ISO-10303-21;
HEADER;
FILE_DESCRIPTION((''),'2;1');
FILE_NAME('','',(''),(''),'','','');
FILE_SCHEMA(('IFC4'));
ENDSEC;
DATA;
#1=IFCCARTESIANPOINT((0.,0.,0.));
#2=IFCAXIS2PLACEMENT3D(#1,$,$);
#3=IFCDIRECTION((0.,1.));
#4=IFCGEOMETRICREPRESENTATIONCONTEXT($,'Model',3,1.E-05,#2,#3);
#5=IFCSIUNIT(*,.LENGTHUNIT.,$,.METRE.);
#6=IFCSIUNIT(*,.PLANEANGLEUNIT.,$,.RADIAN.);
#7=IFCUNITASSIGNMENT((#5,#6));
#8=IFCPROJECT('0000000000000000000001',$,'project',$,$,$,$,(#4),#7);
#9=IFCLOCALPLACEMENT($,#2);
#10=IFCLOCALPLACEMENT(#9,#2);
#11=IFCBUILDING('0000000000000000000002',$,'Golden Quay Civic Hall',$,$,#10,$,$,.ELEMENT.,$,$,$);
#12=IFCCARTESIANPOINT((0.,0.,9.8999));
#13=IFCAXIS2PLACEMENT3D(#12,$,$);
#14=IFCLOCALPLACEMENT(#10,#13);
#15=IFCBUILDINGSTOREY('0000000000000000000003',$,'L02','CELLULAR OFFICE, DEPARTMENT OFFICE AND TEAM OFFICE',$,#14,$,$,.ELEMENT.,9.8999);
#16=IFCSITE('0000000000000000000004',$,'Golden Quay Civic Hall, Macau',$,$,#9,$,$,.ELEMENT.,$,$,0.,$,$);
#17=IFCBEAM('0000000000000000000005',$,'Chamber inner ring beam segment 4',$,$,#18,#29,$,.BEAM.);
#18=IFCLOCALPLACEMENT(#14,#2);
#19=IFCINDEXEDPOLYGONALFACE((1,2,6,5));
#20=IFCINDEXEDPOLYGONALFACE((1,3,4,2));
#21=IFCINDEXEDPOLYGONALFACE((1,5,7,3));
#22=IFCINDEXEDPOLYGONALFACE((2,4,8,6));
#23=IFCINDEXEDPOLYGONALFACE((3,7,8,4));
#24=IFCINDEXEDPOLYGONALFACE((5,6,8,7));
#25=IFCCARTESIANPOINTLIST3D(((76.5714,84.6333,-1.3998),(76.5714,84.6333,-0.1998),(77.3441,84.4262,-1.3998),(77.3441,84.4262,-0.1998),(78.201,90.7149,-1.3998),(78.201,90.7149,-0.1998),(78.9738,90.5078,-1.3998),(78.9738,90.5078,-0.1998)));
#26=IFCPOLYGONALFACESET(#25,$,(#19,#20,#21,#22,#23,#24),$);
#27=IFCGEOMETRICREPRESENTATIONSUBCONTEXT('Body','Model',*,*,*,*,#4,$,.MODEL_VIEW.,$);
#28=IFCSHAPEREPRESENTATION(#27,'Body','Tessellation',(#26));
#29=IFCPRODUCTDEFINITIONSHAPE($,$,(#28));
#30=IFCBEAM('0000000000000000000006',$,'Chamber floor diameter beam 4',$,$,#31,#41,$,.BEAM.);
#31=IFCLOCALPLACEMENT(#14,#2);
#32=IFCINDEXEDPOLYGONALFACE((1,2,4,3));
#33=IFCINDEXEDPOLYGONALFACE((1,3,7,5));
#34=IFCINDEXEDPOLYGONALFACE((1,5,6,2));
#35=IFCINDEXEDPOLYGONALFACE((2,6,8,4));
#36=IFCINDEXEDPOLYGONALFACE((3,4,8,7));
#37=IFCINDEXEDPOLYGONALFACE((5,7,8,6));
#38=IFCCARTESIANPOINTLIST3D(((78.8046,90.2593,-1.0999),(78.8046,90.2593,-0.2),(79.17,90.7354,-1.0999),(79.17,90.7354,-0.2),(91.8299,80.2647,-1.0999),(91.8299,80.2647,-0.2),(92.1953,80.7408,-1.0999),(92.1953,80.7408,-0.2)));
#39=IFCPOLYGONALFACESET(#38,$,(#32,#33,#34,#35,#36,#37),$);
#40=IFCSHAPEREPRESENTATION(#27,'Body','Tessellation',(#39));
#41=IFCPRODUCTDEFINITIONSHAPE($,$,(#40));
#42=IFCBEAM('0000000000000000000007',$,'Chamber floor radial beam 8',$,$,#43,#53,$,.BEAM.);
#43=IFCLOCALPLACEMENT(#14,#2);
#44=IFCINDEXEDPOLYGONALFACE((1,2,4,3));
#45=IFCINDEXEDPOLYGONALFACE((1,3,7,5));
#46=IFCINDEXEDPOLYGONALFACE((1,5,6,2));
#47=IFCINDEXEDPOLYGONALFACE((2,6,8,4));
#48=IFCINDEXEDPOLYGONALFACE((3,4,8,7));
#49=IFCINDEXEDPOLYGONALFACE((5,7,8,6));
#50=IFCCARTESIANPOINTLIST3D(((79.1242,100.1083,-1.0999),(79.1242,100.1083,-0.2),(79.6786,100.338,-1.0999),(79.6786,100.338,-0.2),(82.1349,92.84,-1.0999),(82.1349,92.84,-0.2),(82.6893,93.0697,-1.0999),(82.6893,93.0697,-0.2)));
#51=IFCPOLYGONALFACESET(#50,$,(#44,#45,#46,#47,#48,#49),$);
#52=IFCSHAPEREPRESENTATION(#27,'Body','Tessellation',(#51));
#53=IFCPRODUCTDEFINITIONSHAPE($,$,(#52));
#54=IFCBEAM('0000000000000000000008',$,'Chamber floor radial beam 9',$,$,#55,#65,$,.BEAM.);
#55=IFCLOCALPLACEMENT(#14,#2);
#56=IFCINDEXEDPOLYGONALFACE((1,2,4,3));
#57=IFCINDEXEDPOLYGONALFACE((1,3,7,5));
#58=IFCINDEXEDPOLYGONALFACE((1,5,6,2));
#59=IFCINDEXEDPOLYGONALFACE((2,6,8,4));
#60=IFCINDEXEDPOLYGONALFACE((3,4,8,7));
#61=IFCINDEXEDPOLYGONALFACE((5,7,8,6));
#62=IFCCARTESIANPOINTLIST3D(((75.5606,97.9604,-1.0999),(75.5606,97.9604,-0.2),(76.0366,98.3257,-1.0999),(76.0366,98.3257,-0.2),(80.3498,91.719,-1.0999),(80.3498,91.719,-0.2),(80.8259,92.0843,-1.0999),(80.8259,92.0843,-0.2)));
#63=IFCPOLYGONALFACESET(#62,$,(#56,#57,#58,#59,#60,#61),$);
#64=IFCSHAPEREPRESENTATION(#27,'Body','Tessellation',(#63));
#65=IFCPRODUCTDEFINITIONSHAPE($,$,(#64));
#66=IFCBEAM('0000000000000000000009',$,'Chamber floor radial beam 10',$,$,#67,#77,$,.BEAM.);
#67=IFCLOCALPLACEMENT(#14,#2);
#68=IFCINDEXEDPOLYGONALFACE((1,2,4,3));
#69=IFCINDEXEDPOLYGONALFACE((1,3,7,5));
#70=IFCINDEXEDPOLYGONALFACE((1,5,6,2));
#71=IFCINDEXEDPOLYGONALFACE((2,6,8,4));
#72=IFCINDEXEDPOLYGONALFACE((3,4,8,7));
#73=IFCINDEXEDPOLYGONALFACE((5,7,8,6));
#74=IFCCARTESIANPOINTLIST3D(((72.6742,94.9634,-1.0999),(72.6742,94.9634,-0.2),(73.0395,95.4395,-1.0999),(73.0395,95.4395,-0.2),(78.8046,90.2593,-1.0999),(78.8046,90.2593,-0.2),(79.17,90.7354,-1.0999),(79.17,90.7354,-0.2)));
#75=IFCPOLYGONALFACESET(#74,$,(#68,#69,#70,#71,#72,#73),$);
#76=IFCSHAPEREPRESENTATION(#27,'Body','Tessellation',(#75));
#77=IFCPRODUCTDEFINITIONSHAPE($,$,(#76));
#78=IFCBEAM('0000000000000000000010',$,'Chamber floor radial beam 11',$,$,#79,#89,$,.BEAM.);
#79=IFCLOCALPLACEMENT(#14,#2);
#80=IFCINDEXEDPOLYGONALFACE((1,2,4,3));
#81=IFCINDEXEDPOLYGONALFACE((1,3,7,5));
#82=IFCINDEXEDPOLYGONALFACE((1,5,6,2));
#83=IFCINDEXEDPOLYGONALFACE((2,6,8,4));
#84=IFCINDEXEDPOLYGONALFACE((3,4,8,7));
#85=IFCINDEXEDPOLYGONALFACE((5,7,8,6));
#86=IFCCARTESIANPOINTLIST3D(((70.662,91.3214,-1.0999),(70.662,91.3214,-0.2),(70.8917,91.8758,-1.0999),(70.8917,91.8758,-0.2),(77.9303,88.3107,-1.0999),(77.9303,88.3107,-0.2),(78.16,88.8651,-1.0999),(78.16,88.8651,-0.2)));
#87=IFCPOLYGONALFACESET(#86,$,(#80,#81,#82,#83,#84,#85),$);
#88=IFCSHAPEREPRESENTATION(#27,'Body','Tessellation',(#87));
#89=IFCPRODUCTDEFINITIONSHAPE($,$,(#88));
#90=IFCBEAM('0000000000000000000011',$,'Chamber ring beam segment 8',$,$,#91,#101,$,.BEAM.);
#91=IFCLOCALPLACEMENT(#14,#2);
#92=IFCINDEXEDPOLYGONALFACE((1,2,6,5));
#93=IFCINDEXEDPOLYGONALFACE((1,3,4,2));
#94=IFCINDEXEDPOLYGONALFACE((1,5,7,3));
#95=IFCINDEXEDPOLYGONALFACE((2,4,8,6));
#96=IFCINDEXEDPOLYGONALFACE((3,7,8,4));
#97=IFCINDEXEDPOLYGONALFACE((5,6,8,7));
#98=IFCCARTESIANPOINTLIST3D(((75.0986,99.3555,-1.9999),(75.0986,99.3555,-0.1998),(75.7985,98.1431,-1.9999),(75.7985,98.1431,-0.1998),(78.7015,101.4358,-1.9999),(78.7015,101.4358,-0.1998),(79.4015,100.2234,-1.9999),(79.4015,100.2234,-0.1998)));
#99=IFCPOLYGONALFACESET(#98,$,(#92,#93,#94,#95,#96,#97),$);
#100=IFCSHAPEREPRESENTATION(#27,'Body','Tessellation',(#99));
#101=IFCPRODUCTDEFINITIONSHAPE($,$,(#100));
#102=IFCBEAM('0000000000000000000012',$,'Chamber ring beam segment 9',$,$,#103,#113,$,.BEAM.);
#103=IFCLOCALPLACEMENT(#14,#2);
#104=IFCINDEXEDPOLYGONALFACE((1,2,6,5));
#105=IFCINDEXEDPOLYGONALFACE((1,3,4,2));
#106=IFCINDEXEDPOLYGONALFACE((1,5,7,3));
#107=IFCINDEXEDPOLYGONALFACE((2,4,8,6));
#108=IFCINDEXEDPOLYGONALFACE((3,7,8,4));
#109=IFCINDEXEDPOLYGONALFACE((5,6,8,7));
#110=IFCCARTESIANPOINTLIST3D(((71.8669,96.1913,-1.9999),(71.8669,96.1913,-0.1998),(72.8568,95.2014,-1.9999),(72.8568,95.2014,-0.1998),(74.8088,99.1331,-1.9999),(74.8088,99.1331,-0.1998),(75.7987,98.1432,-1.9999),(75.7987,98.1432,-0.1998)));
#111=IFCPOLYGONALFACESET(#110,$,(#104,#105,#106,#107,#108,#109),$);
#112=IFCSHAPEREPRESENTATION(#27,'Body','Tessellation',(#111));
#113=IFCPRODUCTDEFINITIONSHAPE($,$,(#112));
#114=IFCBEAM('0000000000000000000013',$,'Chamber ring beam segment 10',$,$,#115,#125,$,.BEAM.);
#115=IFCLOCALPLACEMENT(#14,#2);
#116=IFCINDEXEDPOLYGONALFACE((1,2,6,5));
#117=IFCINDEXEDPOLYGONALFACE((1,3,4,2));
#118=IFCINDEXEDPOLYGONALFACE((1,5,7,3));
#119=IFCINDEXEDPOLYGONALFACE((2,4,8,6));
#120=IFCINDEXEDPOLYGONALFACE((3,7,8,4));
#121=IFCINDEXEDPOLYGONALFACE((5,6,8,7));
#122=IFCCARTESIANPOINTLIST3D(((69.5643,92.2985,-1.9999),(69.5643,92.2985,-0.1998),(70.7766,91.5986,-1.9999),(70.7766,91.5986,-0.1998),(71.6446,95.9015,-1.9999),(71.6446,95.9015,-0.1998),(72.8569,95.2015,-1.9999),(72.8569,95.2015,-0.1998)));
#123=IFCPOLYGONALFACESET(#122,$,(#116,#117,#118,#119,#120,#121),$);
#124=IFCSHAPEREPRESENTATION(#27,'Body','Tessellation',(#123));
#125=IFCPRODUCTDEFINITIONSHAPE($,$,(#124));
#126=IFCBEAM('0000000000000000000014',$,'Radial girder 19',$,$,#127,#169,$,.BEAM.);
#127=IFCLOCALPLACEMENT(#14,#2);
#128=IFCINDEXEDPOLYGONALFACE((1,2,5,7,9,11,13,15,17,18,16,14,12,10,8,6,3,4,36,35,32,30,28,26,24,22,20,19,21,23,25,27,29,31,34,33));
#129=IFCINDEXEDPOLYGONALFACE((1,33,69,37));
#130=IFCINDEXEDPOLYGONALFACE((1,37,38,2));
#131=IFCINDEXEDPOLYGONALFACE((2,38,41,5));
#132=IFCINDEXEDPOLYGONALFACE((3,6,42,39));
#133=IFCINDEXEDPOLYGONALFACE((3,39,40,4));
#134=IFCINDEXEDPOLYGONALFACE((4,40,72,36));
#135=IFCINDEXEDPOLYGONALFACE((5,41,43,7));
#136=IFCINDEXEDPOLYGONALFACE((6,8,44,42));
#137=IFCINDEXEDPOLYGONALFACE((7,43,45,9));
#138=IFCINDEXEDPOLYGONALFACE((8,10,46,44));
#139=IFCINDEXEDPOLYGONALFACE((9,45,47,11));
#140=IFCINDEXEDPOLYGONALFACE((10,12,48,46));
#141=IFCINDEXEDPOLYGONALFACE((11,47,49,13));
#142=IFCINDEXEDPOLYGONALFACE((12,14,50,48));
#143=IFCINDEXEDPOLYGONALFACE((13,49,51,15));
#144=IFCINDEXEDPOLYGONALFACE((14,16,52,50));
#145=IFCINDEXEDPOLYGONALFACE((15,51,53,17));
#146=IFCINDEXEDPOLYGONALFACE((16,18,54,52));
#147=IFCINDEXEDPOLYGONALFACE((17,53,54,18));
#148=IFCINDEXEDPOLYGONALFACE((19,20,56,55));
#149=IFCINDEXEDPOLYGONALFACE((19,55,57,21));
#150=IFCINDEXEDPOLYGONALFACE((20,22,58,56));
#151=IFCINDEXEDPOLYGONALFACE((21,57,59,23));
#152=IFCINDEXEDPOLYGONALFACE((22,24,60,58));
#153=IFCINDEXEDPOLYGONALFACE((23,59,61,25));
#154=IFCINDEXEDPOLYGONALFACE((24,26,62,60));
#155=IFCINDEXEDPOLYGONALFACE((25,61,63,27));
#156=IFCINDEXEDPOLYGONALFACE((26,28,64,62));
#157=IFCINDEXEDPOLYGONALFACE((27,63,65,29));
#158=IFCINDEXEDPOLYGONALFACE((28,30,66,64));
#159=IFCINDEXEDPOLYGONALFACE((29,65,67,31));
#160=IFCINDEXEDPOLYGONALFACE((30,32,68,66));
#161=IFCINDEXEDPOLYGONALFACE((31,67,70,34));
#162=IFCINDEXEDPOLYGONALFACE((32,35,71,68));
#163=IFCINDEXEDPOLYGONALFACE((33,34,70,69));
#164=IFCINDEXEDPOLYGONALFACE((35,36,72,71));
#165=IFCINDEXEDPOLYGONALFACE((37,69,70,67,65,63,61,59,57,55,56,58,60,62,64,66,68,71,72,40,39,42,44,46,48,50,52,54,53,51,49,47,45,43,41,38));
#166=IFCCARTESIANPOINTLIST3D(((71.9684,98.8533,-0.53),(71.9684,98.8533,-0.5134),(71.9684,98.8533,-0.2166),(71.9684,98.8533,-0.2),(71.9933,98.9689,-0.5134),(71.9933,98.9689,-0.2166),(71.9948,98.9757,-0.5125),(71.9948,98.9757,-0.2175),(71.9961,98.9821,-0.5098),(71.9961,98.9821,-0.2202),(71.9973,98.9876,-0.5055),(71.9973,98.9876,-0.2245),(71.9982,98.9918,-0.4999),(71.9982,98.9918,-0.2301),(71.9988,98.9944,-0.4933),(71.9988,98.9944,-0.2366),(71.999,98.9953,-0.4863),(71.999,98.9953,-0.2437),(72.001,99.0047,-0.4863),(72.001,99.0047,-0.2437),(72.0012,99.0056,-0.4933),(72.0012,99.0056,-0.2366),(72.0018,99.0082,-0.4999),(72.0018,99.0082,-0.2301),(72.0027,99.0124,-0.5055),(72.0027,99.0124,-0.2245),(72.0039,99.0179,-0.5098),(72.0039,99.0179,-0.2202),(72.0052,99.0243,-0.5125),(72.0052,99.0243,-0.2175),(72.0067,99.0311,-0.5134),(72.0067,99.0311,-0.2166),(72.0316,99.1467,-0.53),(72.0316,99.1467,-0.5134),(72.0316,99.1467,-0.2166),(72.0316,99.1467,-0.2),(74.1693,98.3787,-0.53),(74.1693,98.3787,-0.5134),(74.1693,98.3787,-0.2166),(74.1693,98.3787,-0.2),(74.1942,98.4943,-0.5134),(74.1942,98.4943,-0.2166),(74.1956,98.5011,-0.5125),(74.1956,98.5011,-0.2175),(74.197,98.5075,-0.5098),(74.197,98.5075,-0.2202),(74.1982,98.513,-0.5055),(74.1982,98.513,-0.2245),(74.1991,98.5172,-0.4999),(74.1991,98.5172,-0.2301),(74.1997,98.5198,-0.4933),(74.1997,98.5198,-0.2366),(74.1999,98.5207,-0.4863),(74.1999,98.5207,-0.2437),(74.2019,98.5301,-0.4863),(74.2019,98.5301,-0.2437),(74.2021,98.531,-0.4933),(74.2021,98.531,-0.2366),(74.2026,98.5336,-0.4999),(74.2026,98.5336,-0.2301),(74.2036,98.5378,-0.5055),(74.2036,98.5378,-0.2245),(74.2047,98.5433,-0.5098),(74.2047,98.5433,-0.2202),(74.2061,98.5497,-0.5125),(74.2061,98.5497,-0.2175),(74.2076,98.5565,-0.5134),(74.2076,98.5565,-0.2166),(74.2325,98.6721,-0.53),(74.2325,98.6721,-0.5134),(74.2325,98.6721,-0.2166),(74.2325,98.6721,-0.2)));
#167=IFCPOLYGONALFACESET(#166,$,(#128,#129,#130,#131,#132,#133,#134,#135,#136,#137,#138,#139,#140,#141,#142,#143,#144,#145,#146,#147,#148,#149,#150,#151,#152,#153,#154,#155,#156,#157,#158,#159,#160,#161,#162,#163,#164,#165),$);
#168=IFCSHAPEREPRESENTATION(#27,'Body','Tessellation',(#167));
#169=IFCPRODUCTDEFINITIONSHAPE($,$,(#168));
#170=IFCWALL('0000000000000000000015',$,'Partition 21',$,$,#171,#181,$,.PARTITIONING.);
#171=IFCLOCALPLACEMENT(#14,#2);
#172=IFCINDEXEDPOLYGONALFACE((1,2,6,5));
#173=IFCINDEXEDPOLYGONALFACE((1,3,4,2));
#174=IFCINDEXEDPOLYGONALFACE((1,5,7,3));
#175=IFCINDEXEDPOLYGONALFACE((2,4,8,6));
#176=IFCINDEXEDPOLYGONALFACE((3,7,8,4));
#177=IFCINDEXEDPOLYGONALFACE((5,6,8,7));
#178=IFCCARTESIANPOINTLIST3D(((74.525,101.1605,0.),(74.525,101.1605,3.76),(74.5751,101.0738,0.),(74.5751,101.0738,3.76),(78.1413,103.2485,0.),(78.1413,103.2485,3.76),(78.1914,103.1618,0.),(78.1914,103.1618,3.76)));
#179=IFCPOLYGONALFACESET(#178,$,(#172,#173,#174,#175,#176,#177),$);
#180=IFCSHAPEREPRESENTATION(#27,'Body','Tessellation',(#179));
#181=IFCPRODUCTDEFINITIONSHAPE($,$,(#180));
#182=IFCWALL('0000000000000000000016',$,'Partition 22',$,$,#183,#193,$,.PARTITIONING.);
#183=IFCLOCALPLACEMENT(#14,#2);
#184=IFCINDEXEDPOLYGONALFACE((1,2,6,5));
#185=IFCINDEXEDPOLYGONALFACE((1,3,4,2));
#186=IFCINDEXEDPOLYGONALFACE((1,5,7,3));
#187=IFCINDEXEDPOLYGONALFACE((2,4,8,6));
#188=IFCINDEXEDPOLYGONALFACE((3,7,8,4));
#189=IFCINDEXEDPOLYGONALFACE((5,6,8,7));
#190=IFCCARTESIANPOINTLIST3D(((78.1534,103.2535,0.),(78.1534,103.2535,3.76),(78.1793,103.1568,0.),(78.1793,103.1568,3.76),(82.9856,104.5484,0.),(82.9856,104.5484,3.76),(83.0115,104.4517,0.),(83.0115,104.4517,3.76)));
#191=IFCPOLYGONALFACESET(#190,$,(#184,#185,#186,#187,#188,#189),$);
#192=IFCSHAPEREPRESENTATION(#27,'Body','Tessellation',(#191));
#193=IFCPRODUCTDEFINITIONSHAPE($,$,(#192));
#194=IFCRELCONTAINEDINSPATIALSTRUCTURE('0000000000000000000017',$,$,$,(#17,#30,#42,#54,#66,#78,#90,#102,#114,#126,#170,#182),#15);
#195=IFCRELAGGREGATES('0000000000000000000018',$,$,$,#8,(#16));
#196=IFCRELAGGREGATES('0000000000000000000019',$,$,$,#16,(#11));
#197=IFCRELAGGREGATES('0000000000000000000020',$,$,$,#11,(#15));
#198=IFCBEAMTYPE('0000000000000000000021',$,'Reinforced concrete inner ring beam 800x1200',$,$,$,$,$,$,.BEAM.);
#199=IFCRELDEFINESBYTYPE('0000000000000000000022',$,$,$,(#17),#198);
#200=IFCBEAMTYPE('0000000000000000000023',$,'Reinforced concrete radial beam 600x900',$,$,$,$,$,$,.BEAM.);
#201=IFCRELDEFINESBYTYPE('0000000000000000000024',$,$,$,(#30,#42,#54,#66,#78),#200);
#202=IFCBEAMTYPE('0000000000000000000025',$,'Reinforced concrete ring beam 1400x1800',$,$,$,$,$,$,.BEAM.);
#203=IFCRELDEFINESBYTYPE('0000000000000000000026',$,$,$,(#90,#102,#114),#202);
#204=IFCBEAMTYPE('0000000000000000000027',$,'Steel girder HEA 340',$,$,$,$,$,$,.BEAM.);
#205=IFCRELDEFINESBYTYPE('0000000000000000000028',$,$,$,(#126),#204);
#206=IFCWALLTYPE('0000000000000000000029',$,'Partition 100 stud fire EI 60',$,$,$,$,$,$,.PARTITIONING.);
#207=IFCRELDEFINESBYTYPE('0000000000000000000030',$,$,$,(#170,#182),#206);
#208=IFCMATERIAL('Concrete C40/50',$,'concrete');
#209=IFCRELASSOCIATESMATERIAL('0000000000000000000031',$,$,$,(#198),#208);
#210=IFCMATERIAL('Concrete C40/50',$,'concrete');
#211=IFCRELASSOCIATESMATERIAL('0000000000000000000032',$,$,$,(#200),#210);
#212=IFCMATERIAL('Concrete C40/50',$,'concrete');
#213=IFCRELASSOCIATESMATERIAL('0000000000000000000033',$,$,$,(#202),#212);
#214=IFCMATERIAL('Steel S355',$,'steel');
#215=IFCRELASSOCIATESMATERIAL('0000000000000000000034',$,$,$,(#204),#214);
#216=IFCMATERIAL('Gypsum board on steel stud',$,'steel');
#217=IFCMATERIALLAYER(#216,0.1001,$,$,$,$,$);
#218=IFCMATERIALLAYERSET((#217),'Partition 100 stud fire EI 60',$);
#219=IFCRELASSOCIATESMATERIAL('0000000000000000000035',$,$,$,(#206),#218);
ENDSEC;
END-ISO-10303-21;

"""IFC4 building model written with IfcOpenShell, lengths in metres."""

from ifc_helpers import new_model, si_unit, direction, frame, frame_2d, origin, origin_2d, place, context, subcontext, project, spatial, rectangle, i_section, extrude, material, layer, layer_set, material_profile, profile_set, type_object, element, save


model = new_model("IFC4")

# Units and contexts
model_context = context("Model", 3, precision=1e-05, world=origin(), true_north=direction((0.0, 1.0)))
body_context = subcontext(model_context, "Body", "Model", "MODEL_VIEW")
ifc_project = project(units=[si_unit("LENGTHUNIT", "METRE"), si_unit("PLANEANGLEUNIT", "RADIAN")], contexts=[model_context])

# Site, building, storey
site_placement = place(None, origin())
site = spatial("IfcSite", under=ifc_project, at=site_placement, Name="Golden Quay Civic Hall, Macau", CompositionType="ELEMENT", RefElevation=0.0)
building_placement = place(site_placement, origin())
building = spatial("IfcBuilding", under=site, at=building_placement, Name="Golden Quay Civic Hall", CompositionType="ELEMENT")
storey_placement = place(building_placement, frame((0.0, 0.0, 9.8999)))
storey = spatial("IfcBuildingStorey", under=building, at=storey_placement, Name="L02", Description="CELLULAR OFFICE, DEPARTMENT OFFICE AND TEAM OFFICE", CompositionType="ELEMENT", Elevation=9.8999)

# Beams
ifc_material_1 = material(Name="Concrete C40/50", Category="concrete")
ifc_material_profile_1 = material_profile(ifc_material_1, rectangle(XDim=0.8, YDim=1.2, at=origin_2d()), Name="RC 800x1200")
ifc_profile_set_1 = profile_set([ifc_material_profile_1], Name="Concrete C40/50")
beam_type_1 = type_object("IfcBeamType", Name="Reinforced concrete inner ring beam 800x1200", PredefinedType="BEAM", material=ifc_profile_set_1)
beam_1_placement = place(storey_placement, frame((78.5874, 90.6113, -0.7998), z_axis=(-0.258833, -0.965922, 0.0), x_axis=(0.965922, -0.258833, 0.0)))
element("IfcBeam", 1, at=beam_1_placement, inside=storey, type_object=beam_type_1, Name="Chamber inner ring beam segment 4", PredefinedType="BEAM", context=body_context, shape_type="SweptSolid", body=[
    extrude(rectangle(XDim=0.8, YDim=1.2, at=origin_2d()), origin(), (0.0, 0.0, 1.0), 6.2961),
])
ifc_material_2 = material(Name="Concrete C40/50", Category="concrete")
ifc_material_profile_2 = material_profile(ifc_material_2, rectangle(XDim=0.6001, YDim=0.8999, at=origin_2d()), Name="RC 600x900")
ifc_profile_set_2 = profile_set([ifc_material_profile_2], Name="Concrete C40/50")
beam_type_2 = type_object("IfcBeamType", Name="Reinforced concrete radial beam 600x900", PredefinedType="BEAM", material=ifc_profile_set_2)
beam_2_placement = place(storey_placement, frame((78.9873, 90.4973, -0.6499), z_axis=(0.793356, -0.608757, 0.0), x_axis=(0.608757, 0.793356, 0.0)))
element("IfcBeam", 2, at=beam_2_placement, inside=storey, type_object=beam_type_2, Name="Chamber floor diameter beam 4", PredefinedType="BEAM", context=body_context, shape_type="SweptSolid", body=[
    extrude(rectangle(XDim=0.6001, YDim=0.8999, at=origin_2d()), origin(), (0.0, 0.0, 1.0), 16.418),
])
for number, where, z_axis, x_axis, name in (
    (3, (82.4121, 92.9548, -0.6499), (-0.382695, 0.923875, 0.0), (-0.923875, -0.382695, 0.0), "Chamber floor radial beam 8"),
    (4, (80.5879, 91.9016, -0.6499), (-0.608767, 0.793349, 0.0), (-0.793349, -0.608767, 0.0), "Chamber floor radial beam 9"),
):
    element("IfcBeam", number, at=place(storey_placement, frame(where, z_axis=z_axis, x_axis=x_axis)), inside=storey, type_object=beam_type_2, Name=name, PredefinedType="BEAM", context=body_context, shape_type="SweptSolid", body=[
        extrude(rectangle(XDim=0.6001, YDim=0.8999, at=origin_2d()), origin(), (0.0, 0.0, 1.0), 7.8672),
    ])
beam_3_placement = place(storey_placement, frame((78.9873, 90.4973, -0.6499), z_axis=(-0.793347, 0.60877, 0.0), x_axis=(-0.60877, -0.793347, 0.0)))
element("IfcBeam", 5, at=beam_3_placement, inside=storey, type_object=beam_type_2, Name="Chamber floor radial beam 10", PredefinedType="BEAM", context=body_context, shape_type="SweptSolid", body=[
    extrude(rectangle(XDim=0.6001, YDim=0.8999, at=origin_2d()), origin(), (0.0, 0.0, 1.0), 7.7273),
])
beam_4_placement = place(storey_placement, frame((78.0452, 88.5879, -0.6499), z_axis=(-0.923875, 0.382695, 0.0), x_axis=(-0.382695, -0.923875, 0.0)))
element("IfcBeam", 6, at=beam_4_placement, inside=storey, type_object=beam_type_2, Name="Chamber floor radial beam 11", PredefinedType="BEAM", context=body_context, shape_type="SweptSolid", body=[
    extrude(rectangle(XDim=0.6001, YDim=0.8999, at=origin_2d()), origin(), (0.0, 0.0, 1.0), 7.8672),
])
ifc_material_3 = material(Name="Concrete C40/50", Category="concrete")
ifc_material_profile_3 = material_profile(ifc_material_3, rectangle(XDim=1.3999, YDim=1.8, at=origin_2d()), Name="RC 1400x1800")
ifc_profile_set_3 = profile_set([ifc_material_profile_3], Name="Concrete C40/50")
beam_type_3 = type_object("IfcBeamType", Name="Reinforced concrete ring beam 1400x1800", PredefinedType="BEAM", material=ifc_profile_set_3)
for number, where, z_axis, x_axis, name in (
    (7, (79.0515, 100.8296, -1.0999), (-0.866014, -0.50002, 0.0), (0.50002, -0.866014, 0.0), "Chamber ring beam segment 8"),
    (8, (75.3037, 98.6382, -1.0999), (-0.707107, -0.707107, 0.0), (0.707107, -0.707107, 0.0), "Chamber ring beam segment 9"),
    (9, (72.2507, 95.5515, -1.0999), (-0.50002, -0.866014, 0.0), (0.866014, -0.50002, 0.0), "Chamber ring beam segment 10"),
):
    element("IfcBeam", number, at=place(storey_placement, frame(where, z_axis=z_axis, x_axis=x_axis)), inside=storey, type_object=beam_type_3, Name=name, PredefinedType="BEAM", context=body_context, shape_type="SweptSolid", body=[
        extrude(rectangle(XDim=1.3999, YDim=1.8, at=origin_2d()), origin(), (0.0, 0.0, 1.0), 4.1604),
    ])
ifc_material_4 = material(Name="Steel S355", Category="steel")
ifc_material_profile_4 = material_profile(ifc_material_4, i_section(OverallWidth=0.3, OverallDepth=0.3301, WebThickness=0.0095, FlangeThickness=0.0166, FilletRadius=0.0271, at=origin_2d()), Name="HEA 340")
ifc_profile_set_4 = profile_set([ifc_material_profile_4], Name="Steel S355")
beam_type_4 = type_object("IfcBeamType", Name="Steel girder HEA 340", PredefinedType="BEAM", material=ifc_profile_set_4)
beam_5_placement = place(storey_placement, frame((72.0, 99.0, -0.365), z_axis=(0.97753, -0.210795, 0.0), x_axis=(0.210795, 0.97753, 0.0)))
element("IfcBeam", 10, at=beam_5_placement, inside=storey, type_object=beam_type_4, Name="Radial girder 19", PredefinedType="BEAM", context=body_context, shape_type="SweptSolid", body=[
    extrude(i_section(OverallWidth=0.3, OverallDepth=0.3301, WebThickness=0.0095, FlangeThickness=0.0166, FilletRadius=0.0271, at=origin_2d()), origin(), (0.0, 0.0, 1.0), 2.2515),
])

# Walls
ifc_material_5 = material(Name="Gypsum board on steel stud", Category="steel")
ifc_layer_1 = layer(ifc_material_5, 0.1001)
ifc_layer_set_1 = layer_set([ifc_layer_1], Name="Partition 100 stud fire EI 60")
wall_type_1 = type_object("IfcWallType", Name="Partition 100 stud fire EI 60", PredefinedType="PARTITIONING", material=ifc_layer_set_1)
wall_1_placement = place(storey_placement, frame((74.55, 101.1172, 0.0), z_axis=(0.0, 0.0, 1.0), x_axis=(0.866018, 0.500013, 0.0)))
element("IfcWall", 11, at=wall_1_placement, inside=storey, type_object=wall_type_1, Name="Partition 21", PredefinedType="PARTITIONING", context=body_context, shape_type="SweptSolid", body=[
    extrude(rectangle(XDim=4.1758, YDim=0.1001, at=frame_2d((2.0879, 0.0))), origin(), (0.0, 0.0, 1.0), 3.76),
])
wall_2_placement = place(storey_placement, frame((78.1663, 103.2051, 0.0), z_axis=(0.0, 0.0, 1.0), x_axis=(0.96592, 0.258841, 0.0)))
element("IfcWall", 12, at=wall_2_placement, inside=storey, type_object=wall_type_1, Name="Partition 22", PredefinedType="PARTITIONING", context=body_context, shape_type="SweptSolid", body=[
    extrude(rectangle(XDim=5.0027, YDim=0.1001, at=frame_2d((2.5015, 0.0))), origin(), (0.0, 0.0, 1.0), 3.76),
])

save(model, "model.ifc")
